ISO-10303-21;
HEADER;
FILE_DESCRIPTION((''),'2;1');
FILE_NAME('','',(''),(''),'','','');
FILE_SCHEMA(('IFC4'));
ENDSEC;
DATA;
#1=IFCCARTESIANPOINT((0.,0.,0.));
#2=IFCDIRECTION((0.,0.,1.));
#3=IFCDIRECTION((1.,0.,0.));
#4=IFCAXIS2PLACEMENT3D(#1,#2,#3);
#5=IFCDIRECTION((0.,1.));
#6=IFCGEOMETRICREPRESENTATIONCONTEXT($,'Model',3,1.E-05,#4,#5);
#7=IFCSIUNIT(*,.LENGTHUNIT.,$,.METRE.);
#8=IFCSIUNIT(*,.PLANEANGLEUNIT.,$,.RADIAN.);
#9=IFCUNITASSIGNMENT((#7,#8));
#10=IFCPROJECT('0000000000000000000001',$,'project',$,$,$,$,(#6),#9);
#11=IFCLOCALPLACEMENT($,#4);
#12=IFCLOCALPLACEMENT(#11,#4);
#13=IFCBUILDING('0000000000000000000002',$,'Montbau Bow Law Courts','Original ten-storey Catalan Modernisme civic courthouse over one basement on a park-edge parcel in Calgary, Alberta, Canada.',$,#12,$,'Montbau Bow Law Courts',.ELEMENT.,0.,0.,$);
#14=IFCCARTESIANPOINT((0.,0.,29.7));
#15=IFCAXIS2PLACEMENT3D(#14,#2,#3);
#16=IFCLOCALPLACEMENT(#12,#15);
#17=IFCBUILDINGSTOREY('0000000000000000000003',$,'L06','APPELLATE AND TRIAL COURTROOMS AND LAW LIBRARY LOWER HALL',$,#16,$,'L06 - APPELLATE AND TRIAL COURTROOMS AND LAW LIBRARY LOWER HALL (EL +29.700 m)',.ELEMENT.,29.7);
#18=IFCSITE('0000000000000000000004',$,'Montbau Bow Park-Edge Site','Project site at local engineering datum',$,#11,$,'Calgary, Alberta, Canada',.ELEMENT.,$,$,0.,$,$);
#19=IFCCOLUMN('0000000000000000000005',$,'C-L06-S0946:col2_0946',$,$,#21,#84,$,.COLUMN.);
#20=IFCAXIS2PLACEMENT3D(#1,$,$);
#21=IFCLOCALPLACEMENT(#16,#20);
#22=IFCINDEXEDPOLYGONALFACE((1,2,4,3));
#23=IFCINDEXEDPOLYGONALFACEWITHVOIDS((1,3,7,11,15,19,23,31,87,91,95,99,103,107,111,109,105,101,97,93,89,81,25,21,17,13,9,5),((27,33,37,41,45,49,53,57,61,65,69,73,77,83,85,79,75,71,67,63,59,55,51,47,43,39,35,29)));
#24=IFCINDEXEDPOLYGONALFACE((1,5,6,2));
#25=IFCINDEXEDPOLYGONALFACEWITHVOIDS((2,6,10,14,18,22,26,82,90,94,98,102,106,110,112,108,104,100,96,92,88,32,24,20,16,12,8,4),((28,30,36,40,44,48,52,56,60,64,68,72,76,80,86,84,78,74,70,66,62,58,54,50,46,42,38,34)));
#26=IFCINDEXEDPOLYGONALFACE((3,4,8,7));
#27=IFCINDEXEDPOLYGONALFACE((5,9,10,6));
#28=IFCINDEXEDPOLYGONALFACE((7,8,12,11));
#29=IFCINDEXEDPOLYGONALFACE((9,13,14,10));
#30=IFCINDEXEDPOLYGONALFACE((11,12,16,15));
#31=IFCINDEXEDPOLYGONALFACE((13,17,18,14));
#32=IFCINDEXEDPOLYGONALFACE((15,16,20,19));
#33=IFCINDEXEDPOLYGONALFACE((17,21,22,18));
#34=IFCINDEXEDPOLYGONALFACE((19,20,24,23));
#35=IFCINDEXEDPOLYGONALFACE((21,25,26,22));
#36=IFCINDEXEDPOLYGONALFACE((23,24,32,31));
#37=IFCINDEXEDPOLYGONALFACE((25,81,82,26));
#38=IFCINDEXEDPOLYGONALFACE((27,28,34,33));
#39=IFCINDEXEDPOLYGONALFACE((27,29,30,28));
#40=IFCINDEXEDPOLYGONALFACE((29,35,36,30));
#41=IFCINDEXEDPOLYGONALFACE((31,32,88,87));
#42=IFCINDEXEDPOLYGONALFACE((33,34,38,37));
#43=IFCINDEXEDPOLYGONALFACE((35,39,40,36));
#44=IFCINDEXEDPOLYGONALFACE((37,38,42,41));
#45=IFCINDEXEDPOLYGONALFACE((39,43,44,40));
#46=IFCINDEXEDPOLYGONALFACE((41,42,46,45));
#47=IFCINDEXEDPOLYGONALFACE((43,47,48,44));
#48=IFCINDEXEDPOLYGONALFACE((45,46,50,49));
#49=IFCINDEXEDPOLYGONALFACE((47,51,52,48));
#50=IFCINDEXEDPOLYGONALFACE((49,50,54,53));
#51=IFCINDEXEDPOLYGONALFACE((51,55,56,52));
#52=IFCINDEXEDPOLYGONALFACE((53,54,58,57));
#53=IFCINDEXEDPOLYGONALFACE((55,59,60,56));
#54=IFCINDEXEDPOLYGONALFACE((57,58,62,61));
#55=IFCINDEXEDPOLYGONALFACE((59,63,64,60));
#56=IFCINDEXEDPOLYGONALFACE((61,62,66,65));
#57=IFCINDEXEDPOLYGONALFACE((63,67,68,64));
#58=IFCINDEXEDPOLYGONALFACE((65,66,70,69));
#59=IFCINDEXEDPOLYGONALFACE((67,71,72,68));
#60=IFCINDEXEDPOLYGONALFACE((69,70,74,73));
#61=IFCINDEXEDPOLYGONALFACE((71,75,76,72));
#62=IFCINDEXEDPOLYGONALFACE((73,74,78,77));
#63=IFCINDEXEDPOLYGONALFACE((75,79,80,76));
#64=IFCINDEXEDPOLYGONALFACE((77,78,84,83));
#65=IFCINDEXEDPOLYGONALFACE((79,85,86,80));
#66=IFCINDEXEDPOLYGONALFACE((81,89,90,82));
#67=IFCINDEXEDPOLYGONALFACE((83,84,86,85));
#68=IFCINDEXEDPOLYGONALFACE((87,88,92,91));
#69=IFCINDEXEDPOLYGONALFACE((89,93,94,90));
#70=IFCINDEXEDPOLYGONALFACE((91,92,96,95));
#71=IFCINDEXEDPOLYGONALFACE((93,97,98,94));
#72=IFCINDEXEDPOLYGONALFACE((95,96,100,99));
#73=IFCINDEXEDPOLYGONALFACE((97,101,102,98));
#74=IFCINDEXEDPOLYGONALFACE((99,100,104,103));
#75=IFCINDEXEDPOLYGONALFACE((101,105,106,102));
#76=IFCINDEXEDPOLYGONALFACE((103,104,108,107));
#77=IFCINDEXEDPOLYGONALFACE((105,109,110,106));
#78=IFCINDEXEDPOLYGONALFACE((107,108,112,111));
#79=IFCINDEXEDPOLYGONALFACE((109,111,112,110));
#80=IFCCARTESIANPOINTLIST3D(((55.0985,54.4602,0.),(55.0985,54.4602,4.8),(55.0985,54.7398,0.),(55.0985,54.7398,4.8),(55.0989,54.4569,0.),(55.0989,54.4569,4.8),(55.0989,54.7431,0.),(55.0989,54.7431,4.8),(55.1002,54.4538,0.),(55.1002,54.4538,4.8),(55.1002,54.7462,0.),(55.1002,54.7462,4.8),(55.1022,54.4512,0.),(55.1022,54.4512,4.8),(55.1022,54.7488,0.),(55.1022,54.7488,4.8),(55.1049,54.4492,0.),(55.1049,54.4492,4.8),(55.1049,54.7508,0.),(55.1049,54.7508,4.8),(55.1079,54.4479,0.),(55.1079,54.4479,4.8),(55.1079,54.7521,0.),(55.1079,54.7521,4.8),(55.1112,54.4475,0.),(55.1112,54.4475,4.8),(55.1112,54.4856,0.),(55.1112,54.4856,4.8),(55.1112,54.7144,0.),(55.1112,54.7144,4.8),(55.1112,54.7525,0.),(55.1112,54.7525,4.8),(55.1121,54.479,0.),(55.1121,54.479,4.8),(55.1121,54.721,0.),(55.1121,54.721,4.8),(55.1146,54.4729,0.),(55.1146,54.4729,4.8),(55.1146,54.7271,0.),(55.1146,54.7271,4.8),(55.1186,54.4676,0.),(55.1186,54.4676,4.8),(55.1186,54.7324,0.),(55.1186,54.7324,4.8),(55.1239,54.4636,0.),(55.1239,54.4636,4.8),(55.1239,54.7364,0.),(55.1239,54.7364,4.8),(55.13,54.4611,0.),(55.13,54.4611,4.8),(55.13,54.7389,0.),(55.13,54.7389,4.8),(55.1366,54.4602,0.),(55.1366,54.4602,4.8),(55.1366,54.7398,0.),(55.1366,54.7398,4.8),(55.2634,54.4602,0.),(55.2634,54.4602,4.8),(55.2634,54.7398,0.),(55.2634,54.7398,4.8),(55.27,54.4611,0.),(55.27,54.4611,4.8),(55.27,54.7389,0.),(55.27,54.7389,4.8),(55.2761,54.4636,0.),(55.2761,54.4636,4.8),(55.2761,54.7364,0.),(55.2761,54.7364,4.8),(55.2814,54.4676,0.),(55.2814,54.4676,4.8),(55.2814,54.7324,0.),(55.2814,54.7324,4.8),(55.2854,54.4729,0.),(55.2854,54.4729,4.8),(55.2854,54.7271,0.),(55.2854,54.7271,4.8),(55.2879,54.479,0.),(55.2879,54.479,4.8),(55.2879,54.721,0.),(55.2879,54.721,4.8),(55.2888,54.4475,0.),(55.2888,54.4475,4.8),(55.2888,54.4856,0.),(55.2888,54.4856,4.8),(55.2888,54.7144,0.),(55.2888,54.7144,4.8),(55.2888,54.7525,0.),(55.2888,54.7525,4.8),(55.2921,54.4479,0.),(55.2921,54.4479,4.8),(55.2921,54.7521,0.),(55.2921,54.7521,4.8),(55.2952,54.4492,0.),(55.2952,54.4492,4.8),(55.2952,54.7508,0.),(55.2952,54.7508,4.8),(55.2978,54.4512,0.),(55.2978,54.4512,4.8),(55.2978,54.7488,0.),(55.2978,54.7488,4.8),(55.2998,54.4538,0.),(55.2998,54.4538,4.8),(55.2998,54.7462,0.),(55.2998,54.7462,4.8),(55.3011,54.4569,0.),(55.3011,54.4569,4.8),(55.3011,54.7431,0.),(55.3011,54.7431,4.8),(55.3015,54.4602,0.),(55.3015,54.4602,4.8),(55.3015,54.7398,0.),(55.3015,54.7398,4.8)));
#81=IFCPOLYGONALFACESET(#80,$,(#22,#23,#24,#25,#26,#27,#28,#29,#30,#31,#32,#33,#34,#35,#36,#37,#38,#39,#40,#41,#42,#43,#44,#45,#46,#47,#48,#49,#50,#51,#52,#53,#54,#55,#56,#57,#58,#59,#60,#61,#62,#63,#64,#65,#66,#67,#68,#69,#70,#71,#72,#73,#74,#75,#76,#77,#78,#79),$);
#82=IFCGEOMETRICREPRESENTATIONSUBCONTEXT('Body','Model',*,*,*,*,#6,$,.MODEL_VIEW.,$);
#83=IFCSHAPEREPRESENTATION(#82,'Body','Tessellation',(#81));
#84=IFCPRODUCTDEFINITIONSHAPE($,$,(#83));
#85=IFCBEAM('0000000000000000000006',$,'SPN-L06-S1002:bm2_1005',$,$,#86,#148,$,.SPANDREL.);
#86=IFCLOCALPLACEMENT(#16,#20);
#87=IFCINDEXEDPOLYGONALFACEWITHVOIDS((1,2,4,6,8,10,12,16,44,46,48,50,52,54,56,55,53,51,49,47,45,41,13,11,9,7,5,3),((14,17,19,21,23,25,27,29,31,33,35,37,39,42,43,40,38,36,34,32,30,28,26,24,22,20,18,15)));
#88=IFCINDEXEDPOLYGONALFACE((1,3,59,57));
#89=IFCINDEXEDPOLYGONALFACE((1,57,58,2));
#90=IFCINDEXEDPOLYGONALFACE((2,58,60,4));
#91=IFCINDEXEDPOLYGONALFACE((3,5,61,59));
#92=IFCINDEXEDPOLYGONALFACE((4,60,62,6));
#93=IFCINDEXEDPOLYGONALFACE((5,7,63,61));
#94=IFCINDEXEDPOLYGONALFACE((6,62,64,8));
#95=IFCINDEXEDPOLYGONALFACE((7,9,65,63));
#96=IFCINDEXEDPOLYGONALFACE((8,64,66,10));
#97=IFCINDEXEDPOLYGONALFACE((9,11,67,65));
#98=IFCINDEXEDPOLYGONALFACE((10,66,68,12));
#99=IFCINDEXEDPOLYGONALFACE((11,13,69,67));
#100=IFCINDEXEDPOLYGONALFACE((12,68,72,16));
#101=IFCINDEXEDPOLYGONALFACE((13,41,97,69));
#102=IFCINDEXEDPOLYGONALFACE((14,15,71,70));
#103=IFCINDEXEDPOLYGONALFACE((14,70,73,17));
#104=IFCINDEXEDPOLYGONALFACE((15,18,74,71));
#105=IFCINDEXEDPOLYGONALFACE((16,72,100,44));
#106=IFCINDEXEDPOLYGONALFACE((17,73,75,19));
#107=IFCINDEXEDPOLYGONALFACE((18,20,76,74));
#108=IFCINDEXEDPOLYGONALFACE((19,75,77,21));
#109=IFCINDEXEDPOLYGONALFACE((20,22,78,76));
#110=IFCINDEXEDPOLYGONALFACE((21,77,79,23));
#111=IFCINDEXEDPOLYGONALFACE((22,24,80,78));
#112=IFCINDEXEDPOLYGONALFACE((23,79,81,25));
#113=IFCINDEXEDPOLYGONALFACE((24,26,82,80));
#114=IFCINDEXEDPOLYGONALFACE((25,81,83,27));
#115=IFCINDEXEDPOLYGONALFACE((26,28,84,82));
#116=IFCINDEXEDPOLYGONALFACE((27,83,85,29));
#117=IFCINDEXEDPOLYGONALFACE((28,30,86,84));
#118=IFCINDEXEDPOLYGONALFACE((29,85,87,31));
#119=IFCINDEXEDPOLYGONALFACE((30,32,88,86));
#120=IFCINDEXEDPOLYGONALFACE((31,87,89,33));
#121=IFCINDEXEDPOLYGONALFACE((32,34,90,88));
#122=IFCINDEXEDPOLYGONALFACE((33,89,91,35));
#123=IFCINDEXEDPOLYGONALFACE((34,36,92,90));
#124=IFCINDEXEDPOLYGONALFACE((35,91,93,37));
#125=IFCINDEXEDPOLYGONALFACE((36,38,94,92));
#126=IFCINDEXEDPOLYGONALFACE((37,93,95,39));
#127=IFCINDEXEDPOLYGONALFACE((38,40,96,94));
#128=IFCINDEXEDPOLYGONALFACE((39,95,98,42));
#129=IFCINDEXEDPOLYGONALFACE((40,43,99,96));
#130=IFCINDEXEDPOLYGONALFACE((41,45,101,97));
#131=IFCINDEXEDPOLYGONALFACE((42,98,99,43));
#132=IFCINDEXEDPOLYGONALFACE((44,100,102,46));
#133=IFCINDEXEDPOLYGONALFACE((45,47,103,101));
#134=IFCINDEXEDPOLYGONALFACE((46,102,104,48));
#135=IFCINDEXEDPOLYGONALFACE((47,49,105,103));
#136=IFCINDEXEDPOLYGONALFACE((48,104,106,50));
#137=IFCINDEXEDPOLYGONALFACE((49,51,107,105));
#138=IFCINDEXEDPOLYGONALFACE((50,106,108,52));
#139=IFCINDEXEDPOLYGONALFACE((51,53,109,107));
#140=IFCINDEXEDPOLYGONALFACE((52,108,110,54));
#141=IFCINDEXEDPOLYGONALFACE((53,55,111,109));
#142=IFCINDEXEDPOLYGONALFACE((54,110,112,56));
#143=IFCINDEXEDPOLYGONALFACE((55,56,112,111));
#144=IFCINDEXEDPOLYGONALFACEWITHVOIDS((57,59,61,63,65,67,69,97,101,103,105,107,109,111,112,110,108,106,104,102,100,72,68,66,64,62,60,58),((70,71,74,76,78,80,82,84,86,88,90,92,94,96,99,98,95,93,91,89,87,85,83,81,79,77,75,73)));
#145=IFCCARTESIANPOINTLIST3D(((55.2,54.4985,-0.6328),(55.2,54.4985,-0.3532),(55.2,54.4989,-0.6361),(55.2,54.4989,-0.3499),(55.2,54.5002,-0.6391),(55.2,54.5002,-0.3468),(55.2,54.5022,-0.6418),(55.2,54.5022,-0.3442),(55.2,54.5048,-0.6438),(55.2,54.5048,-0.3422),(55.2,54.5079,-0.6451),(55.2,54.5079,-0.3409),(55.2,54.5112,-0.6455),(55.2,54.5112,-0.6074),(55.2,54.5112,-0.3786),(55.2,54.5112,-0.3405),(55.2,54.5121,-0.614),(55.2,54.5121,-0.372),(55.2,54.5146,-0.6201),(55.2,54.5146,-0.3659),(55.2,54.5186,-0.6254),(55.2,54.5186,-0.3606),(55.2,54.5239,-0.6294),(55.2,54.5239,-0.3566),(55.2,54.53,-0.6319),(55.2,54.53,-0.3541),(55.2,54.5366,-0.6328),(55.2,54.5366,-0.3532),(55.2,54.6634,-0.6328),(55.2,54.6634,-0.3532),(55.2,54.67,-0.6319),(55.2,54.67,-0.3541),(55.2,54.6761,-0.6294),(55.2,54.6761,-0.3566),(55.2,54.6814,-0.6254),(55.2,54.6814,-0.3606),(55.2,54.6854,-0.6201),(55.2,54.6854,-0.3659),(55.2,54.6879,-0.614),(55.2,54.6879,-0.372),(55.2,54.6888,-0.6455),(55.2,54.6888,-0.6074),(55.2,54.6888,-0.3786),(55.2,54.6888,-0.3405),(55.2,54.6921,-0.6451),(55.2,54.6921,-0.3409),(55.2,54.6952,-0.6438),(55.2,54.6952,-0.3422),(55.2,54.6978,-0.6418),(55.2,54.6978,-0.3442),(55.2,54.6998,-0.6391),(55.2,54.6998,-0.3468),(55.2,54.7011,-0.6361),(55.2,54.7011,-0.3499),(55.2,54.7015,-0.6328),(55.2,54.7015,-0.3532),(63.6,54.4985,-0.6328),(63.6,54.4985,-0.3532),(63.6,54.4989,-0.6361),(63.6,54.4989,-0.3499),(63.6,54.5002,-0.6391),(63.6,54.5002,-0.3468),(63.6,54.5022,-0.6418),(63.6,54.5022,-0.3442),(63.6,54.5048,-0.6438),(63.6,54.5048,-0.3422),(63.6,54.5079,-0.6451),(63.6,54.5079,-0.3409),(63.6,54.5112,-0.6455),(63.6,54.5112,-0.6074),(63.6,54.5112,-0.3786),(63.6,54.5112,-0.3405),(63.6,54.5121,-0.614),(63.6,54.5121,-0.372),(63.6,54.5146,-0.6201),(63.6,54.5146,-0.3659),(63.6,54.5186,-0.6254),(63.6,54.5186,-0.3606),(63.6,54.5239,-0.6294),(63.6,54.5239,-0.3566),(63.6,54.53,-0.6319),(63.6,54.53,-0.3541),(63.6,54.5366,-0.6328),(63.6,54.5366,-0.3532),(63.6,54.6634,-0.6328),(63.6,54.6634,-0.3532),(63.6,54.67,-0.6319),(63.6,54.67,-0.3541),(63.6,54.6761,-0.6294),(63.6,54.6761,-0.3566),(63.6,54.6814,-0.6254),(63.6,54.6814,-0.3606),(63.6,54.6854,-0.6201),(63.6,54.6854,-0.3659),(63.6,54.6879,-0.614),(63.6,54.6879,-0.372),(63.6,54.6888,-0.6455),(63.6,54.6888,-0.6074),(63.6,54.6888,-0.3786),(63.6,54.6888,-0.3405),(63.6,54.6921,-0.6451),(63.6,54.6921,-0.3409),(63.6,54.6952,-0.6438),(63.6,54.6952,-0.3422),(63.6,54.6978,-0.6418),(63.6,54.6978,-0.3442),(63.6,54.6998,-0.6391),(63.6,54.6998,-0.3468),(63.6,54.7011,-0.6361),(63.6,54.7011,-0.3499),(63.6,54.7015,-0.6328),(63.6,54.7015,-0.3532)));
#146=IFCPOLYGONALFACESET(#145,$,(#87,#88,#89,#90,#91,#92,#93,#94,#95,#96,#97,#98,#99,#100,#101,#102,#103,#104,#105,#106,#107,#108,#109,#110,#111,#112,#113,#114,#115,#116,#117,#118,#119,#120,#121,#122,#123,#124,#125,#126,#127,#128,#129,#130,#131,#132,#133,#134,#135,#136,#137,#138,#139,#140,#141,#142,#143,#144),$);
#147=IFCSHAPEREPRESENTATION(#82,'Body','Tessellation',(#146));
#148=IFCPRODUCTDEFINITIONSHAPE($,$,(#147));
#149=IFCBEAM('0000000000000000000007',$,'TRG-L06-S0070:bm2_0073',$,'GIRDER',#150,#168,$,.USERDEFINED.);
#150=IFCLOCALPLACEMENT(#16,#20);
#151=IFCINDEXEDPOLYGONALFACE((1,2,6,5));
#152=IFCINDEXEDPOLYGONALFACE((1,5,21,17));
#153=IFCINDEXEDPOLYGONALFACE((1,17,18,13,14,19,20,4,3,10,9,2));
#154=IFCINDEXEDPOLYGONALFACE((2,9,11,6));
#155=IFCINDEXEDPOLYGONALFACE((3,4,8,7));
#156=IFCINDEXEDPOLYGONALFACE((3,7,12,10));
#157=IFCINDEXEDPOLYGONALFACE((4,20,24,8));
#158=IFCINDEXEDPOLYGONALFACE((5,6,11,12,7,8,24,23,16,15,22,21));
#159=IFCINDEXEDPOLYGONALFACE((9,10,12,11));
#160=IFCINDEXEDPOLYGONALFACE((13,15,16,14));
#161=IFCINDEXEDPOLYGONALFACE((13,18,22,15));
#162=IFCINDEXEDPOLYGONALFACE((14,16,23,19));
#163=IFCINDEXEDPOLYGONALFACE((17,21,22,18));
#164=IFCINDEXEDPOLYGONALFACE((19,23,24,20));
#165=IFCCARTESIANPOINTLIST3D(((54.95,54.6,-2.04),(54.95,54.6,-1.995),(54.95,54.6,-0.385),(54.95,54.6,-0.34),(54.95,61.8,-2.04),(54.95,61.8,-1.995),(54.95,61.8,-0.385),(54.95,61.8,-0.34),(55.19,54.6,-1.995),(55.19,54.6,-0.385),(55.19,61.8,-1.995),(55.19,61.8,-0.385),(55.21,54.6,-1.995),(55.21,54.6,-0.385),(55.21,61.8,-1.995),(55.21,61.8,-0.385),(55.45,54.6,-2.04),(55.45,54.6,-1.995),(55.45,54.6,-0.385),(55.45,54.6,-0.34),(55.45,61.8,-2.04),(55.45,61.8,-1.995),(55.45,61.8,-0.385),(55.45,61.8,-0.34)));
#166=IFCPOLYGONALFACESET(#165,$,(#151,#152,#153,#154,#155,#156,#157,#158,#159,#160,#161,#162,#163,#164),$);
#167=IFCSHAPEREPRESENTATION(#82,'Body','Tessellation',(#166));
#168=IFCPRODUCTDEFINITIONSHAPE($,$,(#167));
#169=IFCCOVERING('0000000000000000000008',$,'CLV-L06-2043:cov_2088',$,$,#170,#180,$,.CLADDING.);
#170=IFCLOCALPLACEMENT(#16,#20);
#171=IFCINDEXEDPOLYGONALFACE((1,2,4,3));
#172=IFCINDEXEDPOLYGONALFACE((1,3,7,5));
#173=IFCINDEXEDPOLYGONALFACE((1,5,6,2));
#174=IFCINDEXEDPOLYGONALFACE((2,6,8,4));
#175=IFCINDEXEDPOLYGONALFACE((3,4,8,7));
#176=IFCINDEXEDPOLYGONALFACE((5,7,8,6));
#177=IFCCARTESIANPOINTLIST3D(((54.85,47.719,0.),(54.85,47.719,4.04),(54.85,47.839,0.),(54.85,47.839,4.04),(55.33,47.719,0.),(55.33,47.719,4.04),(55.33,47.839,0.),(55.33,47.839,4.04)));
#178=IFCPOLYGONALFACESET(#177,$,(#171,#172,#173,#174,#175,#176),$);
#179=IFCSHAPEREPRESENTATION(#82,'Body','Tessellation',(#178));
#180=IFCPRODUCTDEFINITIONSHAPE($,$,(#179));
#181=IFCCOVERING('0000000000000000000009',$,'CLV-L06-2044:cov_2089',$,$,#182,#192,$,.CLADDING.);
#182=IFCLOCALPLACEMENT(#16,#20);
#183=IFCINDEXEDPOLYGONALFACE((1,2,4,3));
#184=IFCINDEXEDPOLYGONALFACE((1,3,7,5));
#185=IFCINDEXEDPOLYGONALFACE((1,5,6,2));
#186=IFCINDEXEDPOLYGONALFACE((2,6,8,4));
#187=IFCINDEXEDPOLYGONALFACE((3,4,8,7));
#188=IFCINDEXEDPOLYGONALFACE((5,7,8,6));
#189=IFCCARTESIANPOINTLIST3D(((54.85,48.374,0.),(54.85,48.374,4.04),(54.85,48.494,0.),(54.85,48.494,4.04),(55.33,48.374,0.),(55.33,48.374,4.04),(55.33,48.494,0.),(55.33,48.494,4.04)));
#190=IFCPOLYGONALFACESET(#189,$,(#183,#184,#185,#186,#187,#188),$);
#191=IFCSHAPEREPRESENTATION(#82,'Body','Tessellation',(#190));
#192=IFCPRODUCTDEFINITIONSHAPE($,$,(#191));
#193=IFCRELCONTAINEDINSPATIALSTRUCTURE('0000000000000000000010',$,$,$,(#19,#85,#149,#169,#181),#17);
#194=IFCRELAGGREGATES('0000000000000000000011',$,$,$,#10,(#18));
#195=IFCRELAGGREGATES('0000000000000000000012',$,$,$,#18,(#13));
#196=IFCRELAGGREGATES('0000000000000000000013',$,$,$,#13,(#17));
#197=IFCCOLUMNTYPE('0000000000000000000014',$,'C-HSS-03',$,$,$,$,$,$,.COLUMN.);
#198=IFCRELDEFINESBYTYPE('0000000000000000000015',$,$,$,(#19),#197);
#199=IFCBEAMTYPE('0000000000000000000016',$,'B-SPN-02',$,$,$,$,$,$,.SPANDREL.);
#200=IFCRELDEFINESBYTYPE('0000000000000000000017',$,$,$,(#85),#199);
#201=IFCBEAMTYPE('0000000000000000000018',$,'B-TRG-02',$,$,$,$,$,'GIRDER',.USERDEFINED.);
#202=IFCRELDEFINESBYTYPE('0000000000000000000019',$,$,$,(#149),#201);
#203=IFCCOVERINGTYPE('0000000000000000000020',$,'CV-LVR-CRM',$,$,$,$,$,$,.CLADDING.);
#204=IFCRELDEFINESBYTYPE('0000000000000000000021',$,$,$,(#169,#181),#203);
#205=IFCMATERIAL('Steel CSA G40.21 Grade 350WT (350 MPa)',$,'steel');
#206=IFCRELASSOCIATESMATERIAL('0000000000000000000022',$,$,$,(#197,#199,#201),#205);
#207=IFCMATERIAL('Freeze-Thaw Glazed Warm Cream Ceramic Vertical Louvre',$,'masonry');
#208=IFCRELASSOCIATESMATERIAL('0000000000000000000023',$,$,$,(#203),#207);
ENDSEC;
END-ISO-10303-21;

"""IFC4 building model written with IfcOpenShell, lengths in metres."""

from ifc_helpers import new_model, si_unit, direction, frame, frame_2d, origin_with_axes, origin_2d_with_axis, place, context, subcontext, project, spatial, rectangle, hollow_rectangle, i_section, extrude, material, material_profile, profile_set, type_object, element, save


model = new_model("IFC4")

# Units and contexts
model_context = context("Model", 3, precision=1e-05, world=origin_with_axes(), true_north=direction((0.0, 1.0)))
body_context = subcontext(model_context, "Body", "Model", "MODEL_VIEW")
ifc_project = project(units=[si_unit("LENGTHUNIT", "METRE"), si_unit("PLANEANGLEUNIT", "RADIAN")], contexts=[model_context])

# Site, building, storey
site_placement = place(None, origin_with_axes())
site = spatial("IfcSite", under=ifc_project, at=site_placement, Name="Montbau Bow Park-Edge Site", Description="Project site at local engineering datum", LongName="Calgary, Alberta, Canada", CompositionType="ELEMENT", RefElevation=0.0)
building_placement = place(site_placement, origin_with_axes())
building = spatial("IfcBuilding", under=site, at=building_placement, Name="Montbau Bow Law Courts", Description="Original ten-storey Catalan Modernisme civic courthouse over one basement on a park-edge parcel in Calgary, Alberta, Canada.", LongName="Montbau Bow Law Courts", CompositionType="ELEMENT", ElevationOfRefHeight=0.0, ElevationOfTerrain=0.0)
storey_placement = place(building_placement, frame((0.0, 0.0, 29.7), z_axis=(0.0, 0.0, 1.0), x_axis=(1.0, 0.0, 0.0)))
storey = spatial("IfcBuildingStorey", under=building, at=storey_placement, Name="L06", Description="APPELLATE AND TRIAL COURTROOMS AND LAW LIBRARY LOWER HALL", LongName="L06 - APPELLATE AND TRIAL COURTROOMS AND LAW LIBRARY LOWER HALL (EL +29.700 m)", CompositionType="ELEMENT", Elevation=29.7)

# Column
ifc_material_1 = material(Name="Steel CSA G40.21 Grade 350WT (350 MPa)", Category="steel")
ifc_material_profile_1 = material_profile(ifc_material_1, hollow_rectangle(XDim=0.203, YDim=0.305, WallThickness=0.0127, InnerFilletRadius=0.0254, OuterFilletRadius=0.0127, at=origin_2d_with_axis()), Name="HSS305X203X13", Category="Main", Priority=0)
ifc_profile_set_1 = profile_set([ifc_material_profile_1], Name="Steel CSA G40.21 Grade 350WT (350 MPa)")
column_type = type_object("IfcColumnType", Name="C-HSS-03", PredefinedType="COLUMN", material=ifc_profile_set_1)
column_placement = place(None, frame((55.2, 54.6, 29.7), z_axis=(0.0, 0.0, 1.0), x_axis=(1.0, 0.0, 0.0)))
element("IfcColumn", 1, at=column_placement, inside=storey, type_object=column_type, Name="C-L06-S0946:col2_0946", PredefinedType="COLUMN", context=body_context, shape_type="SweptSolid", body=[
    extrude(hollow_rectangle(XDim=0.203, YDim=0.305, WallThickness=0.0127, InnerFilletRadius=0.0254, OuterFilletRadius=0.0127, at=origin_2d_with_axis()), origin_with_axes(), (0.0, 0.0, 1.0), 4.8),
])

# Beams
ifc_material_profile_2 = material_profile(ifc_material_1, hollow_rectangle(XDim=0.203, YDim=0.305, WallThickness=0.0127, InnerFilletRadius=0.0254, OuterFilletRadius=0.0127, at=origin_2d_with_axis()), Name="HSS305X203X13", Category="Main", Priority=0)
ifc_profile_set_2 = profile_set([ifc_material_profile_2], Name="Steel CSA G40.21 Grade 350WT (350 MPa)")
beam_type_1 = type_object("IfcBeamType", Name="B-SPN-02", PredefinedType="SPANDREL", material=ifc_profile_set_2)
beam_1_placement = place(None, frame((55.2, 54.6, 29.207), z_axis=(1.0, 0.0, 0.0), x_axis=(0.0, 1.0, 0.0)))
element("IfcBeam", 2, at=beam_1_placement, inside=storey, type_object=beam_type_1, Name="SPN-L06-S1002:bm2_1005", PredefinedType="SPANDREL", context=body_context, shape_type="SweptSolid", body=[
    extrude(hollow_rectangle(XDim=0.203, YDim=0.305, WallThickness=0.0127, InnerFilletRadius=0.0254, OuterFilletRadius=0.0127, at=origin_2d_with_axis()), origin_with_axes(), (0.0, 0.0, 1.0), 8.4),
])
ifc_material_profile_3 = material_profile(ifc_material_1, i_section(OverallWidth=0.5, OverallDepth=1.7, WebThickness=0.02, FlangeThickness=0.045, at=origin_2d_with_axis()), Name="WWF1700X480", Category="Main", Priority=0)
ifc_profile_set_3 = profile_set([ifc_material_profile_3], Name="Steel CSA G40.21 Grade 350WT (350 MPa)")
beam_type_2 = type_object("IfcBeamType", Name="B-TRG-02", ElementType="GIRDER", PredefinedType="USERDEFINED", material=ifc_profile_set_3)
beam_2_placement = place(None, frame((55.2, 54.6, 28.51), z_axis=(0.0, 1.0, 0.0), x_axis=(-1.0, 0.0, 0.0)))
element("IfcBeam", 3, at=beam_2_placement, inside=storey, type_object=beam_type_2, Name="TRG-L06-S0070:bm2_0073", ObjectType="GIRDER", PredefinedType="USERDEFINED", context=body_context, shape_type="SweptSolid", body=[
    extrude(i_section(OverallWidth=0.5, OverallDepth=1.7, WebThickness=0.02, FlangeThickness=0.045, at=origin_2d_with_axis()), origin_with_axes(), (0.0, 0.0, 1.0), 7.2),
])

# Coverings
ifc_material_2 = material(Name="Freeze-Thaw Glazed Warm Cream Ceramic Vertical Louvre", Category="masonry")
covering_type = type_object("IfcCoveringType", Name="CV-LVR-CRM", PredefinedType="CLADDING", material=ifc_material_2)
for number, where, z_axis, x_axis, name in (
    (4, (55.33, 47.779, 29.7), (0.0, 1.0, 0.0), (-1.0, 0.0, 0.0), "CLV-L06-2043:cov_2088"),
    (5, (55.33, 48.434, 29.7), (0.0, 1.0, 0.0), (-1.0, 0.0, 0.0), "CLV-L06-2044:cov_2089"),
):
    element("IfcCovering", number, at=place(None, frame(where, z_axis=z_axis, x_axis=x_axis)), inside=storey, type_object=covering_type, Name=name, PredefinedType="CLADDING", context=body_context, shape_type="SweptSolid", body=[
        extrude(rectangle(XDim=0.48, YDim=4.04, at=frame_2d((0.24, 2.02), x_axis=(1.0, 0.0))), frame((0.0, 0.0, -0.06), z_axis=(0.0, 0.0, 1.0), x_axis=(1.0, 0.0, 0.0)), (0.0, 0.0, 1.0), 0.12),
    ])

save(model, "model.ifc")
